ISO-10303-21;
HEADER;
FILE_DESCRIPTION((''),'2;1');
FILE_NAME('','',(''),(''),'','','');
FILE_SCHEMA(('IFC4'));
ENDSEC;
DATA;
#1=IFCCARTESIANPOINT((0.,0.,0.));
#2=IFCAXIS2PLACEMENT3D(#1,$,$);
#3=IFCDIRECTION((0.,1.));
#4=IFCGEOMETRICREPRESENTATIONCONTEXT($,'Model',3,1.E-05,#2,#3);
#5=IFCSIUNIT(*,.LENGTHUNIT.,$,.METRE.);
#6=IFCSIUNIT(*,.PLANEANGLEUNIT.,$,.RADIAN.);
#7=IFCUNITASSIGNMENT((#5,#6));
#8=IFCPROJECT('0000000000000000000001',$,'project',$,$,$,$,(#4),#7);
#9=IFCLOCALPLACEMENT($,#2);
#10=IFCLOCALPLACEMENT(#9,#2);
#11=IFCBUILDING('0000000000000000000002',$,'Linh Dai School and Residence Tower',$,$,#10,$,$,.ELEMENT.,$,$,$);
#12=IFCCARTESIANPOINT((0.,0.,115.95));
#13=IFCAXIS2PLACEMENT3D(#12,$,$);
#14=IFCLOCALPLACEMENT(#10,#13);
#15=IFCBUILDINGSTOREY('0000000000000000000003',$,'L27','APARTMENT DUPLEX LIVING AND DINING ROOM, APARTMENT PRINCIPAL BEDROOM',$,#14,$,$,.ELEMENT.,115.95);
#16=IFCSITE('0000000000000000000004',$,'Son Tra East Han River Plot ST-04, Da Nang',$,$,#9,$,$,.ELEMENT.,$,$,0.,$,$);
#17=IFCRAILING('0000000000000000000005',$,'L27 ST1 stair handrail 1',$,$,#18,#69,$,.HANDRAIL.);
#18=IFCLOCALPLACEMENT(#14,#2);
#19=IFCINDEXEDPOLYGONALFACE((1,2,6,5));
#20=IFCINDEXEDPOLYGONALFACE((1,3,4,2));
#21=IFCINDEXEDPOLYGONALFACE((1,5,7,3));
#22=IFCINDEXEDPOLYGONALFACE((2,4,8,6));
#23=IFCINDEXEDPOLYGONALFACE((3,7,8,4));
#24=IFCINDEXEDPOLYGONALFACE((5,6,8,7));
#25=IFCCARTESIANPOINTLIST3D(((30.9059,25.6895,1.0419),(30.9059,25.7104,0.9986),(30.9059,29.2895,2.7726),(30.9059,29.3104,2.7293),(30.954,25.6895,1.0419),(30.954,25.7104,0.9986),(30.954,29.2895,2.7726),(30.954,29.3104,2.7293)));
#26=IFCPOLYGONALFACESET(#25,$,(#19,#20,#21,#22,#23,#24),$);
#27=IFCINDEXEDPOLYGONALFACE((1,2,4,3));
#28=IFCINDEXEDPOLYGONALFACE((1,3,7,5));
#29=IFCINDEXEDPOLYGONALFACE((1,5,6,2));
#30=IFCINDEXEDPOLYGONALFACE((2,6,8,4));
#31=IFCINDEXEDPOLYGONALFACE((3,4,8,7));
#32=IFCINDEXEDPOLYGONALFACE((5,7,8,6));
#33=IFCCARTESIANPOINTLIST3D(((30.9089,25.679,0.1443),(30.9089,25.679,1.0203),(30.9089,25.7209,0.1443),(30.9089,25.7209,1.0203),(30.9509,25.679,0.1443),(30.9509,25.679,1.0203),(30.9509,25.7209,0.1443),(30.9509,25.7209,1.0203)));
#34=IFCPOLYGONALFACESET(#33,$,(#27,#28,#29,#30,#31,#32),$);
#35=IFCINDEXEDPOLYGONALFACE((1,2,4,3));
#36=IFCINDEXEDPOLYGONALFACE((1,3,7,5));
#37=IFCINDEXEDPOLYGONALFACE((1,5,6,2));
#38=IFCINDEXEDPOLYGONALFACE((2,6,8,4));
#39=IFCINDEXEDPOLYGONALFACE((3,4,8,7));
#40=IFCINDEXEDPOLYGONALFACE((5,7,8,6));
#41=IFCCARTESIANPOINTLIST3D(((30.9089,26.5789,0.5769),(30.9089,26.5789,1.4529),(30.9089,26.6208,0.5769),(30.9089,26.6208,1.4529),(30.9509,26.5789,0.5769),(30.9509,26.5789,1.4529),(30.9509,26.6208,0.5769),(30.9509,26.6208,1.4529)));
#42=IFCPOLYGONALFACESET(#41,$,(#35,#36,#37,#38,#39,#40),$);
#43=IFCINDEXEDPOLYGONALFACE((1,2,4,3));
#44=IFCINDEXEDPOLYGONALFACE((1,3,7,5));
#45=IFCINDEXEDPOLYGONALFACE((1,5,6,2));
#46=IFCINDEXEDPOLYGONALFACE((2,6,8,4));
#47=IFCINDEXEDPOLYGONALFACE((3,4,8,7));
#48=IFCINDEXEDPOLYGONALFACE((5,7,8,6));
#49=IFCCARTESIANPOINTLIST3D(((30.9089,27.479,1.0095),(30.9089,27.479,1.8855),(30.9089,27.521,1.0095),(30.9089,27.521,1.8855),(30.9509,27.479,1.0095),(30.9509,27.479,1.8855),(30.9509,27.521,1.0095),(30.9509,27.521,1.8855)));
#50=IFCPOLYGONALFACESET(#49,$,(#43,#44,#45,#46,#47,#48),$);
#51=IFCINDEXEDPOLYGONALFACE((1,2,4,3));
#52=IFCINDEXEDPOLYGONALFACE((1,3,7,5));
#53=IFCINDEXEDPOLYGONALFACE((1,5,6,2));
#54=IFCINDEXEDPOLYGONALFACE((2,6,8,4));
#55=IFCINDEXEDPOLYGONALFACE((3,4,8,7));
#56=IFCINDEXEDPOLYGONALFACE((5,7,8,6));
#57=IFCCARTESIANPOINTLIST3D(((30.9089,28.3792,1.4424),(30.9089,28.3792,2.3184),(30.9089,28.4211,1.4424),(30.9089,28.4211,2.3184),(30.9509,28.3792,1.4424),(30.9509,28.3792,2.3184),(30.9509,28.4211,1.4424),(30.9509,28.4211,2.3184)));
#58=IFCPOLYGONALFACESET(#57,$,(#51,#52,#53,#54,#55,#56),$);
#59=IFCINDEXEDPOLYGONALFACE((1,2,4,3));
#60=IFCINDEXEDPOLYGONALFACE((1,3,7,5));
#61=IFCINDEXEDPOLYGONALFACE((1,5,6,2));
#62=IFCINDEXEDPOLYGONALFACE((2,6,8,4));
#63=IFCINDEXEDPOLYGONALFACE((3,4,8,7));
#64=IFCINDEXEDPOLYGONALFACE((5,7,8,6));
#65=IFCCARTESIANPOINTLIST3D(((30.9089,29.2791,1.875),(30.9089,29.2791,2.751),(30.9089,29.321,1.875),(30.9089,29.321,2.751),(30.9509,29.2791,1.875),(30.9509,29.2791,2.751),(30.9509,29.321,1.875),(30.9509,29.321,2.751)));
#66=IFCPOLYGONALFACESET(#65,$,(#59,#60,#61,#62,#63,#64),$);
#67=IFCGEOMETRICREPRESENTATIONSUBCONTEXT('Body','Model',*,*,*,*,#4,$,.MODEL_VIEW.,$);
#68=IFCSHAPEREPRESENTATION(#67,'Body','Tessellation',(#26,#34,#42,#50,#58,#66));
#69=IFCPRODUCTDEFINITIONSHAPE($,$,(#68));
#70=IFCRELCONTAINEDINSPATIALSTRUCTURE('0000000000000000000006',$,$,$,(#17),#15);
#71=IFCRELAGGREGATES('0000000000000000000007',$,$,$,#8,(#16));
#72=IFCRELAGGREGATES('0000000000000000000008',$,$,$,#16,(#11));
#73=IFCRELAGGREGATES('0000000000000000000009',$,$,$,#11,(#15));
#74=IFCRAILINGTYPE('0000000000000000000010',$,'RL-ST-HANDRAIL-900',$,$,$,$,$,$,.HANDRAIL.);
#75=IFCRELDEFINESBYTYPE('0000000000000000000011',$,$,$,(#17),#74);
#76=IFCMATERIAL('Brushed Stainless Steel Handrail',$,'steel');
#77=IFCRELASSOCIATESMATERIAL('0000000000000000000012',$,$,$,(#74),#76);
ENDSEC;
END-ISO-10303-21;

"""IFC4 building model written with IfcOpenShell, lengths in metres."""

from ifc_helpers import new_model, si_unit, direction, frame, origin, origin_2d, place, context, subcontext, project, spatial, rectangle, extrude, source, transform, mapped, material, type_object, element, save


model = new_model("IFC4")

# Units and contexts
model_context = context("Model", 3, precision=1e-05, world=origin(), true_north=direction((0.0, 1.0)))
body_context = subcontext(model_context, "Body", "Model", "MODEL_VIEW")
ifc_project = project(units=[si_unit("LENGTHUNIT", "METRE"), si_unit("PLANEANGLEUNIT", "RADIAN")], contexts=[model_context])

# Site, building, storey
site_placement = place(None, origin())
site = spatial("IfcSite", under=ifc_project, at=site_placement, Name="Son Tra East Han River Plot ST-04, Da Nang", CompositionType="ELEMENT", RefElevation=0.0)
building_placement = place(site_placement, origin())
building = spatial("IfcBuilding", under=site, at=building_placement, Name="Linh Dai School and Residence Tower", CompositionType="ELEMENT")
storey_placement = place(building_placement, frame((0.0, 0.0, 115.95)))
storey = spatial("IfcBuildingStorey", under=building, at=storey_placement, Name="L27", Description="APARTMENT DUPLEX LIVING AND DINING ROOM, APARTMENT PRINCIPAL BEDROOM", CompositionType="ELEMENT", Elevation=115.95)

# Railing
ifc_material_1 = material(Name="Brushed Stainless Steel Handrail", Category="steel")
railing_type_1 = type_object("IfcRailingType", Name="RL-ST-HANDRAIL-900", PredefinedType="HANDRAIL", material=ifc_material_1)
shared_shape_1 = source(origin(), body_context, "Body", "SweptSolid", [
    extrude(rectangle(XDim=0.0481, YDim=0.0481, at=origin_2d()), frame((0.0, 0.0, 0.876), z_axis=(0.0, 0.901263, 0.433273), x_axis=(-1.0, 0.0, 0.0)), (0.0, 0.0, 1.0), 3.9944),
    extrude(rectangle(XDim=0.042, YDim=0.042, at=origin_2d()), origin(), (0.0, 0.0, 1.0), 0.876),
    extrude(rectangle(XDim=0.042, YDim=0.042, at=origin_2d()), frame((0.0, 0.8999, 0.4326)), (0.0, 0.0, 1.0), 0.876),
    extrude(rectangle(XDim=0.042, YDim=0.042, at=origin_2d()), frame((0.0, 1.8, 0.8652)), (0.0, 0.0, 1.0), 0.876),
    extrude(rectangle(XDim=0.042, YDim=0.042, at=origin_2d()), frame((0.0, 2.7002, 1.2981)), (0.0, 0.0, 1.0), 0.876),
    extrude(rectangle(XDim=0.042, YDim=0.042, at=origin_2d()), frame((0.0, 3.6001, 1.7307)), (0.0, 0.0, 1.0), 0.876),
])
railing_1_placement = place(storey_placement, frame((30.9299, 25.7, 0.1443)))
element("IfcRailing", 1, at=railing_1_placement, inside=storey, type_object=railing_type_1, Name="L27 ST1 stair handrail 1", PredefinedType="HANDRAIL", context=body_context, shape_type="MappedRepresentation", body=[
    mapped(shared_shape_1, transform((0.0, 0.0, 0.0), x_axis=(1.0, 0.0, 0.0), y_axis=(0.0, 1.0, 0.0), z_axis=(0.0, 0.0, 1.0), scale=1.0)),
])

save(model, "model.ifc")
